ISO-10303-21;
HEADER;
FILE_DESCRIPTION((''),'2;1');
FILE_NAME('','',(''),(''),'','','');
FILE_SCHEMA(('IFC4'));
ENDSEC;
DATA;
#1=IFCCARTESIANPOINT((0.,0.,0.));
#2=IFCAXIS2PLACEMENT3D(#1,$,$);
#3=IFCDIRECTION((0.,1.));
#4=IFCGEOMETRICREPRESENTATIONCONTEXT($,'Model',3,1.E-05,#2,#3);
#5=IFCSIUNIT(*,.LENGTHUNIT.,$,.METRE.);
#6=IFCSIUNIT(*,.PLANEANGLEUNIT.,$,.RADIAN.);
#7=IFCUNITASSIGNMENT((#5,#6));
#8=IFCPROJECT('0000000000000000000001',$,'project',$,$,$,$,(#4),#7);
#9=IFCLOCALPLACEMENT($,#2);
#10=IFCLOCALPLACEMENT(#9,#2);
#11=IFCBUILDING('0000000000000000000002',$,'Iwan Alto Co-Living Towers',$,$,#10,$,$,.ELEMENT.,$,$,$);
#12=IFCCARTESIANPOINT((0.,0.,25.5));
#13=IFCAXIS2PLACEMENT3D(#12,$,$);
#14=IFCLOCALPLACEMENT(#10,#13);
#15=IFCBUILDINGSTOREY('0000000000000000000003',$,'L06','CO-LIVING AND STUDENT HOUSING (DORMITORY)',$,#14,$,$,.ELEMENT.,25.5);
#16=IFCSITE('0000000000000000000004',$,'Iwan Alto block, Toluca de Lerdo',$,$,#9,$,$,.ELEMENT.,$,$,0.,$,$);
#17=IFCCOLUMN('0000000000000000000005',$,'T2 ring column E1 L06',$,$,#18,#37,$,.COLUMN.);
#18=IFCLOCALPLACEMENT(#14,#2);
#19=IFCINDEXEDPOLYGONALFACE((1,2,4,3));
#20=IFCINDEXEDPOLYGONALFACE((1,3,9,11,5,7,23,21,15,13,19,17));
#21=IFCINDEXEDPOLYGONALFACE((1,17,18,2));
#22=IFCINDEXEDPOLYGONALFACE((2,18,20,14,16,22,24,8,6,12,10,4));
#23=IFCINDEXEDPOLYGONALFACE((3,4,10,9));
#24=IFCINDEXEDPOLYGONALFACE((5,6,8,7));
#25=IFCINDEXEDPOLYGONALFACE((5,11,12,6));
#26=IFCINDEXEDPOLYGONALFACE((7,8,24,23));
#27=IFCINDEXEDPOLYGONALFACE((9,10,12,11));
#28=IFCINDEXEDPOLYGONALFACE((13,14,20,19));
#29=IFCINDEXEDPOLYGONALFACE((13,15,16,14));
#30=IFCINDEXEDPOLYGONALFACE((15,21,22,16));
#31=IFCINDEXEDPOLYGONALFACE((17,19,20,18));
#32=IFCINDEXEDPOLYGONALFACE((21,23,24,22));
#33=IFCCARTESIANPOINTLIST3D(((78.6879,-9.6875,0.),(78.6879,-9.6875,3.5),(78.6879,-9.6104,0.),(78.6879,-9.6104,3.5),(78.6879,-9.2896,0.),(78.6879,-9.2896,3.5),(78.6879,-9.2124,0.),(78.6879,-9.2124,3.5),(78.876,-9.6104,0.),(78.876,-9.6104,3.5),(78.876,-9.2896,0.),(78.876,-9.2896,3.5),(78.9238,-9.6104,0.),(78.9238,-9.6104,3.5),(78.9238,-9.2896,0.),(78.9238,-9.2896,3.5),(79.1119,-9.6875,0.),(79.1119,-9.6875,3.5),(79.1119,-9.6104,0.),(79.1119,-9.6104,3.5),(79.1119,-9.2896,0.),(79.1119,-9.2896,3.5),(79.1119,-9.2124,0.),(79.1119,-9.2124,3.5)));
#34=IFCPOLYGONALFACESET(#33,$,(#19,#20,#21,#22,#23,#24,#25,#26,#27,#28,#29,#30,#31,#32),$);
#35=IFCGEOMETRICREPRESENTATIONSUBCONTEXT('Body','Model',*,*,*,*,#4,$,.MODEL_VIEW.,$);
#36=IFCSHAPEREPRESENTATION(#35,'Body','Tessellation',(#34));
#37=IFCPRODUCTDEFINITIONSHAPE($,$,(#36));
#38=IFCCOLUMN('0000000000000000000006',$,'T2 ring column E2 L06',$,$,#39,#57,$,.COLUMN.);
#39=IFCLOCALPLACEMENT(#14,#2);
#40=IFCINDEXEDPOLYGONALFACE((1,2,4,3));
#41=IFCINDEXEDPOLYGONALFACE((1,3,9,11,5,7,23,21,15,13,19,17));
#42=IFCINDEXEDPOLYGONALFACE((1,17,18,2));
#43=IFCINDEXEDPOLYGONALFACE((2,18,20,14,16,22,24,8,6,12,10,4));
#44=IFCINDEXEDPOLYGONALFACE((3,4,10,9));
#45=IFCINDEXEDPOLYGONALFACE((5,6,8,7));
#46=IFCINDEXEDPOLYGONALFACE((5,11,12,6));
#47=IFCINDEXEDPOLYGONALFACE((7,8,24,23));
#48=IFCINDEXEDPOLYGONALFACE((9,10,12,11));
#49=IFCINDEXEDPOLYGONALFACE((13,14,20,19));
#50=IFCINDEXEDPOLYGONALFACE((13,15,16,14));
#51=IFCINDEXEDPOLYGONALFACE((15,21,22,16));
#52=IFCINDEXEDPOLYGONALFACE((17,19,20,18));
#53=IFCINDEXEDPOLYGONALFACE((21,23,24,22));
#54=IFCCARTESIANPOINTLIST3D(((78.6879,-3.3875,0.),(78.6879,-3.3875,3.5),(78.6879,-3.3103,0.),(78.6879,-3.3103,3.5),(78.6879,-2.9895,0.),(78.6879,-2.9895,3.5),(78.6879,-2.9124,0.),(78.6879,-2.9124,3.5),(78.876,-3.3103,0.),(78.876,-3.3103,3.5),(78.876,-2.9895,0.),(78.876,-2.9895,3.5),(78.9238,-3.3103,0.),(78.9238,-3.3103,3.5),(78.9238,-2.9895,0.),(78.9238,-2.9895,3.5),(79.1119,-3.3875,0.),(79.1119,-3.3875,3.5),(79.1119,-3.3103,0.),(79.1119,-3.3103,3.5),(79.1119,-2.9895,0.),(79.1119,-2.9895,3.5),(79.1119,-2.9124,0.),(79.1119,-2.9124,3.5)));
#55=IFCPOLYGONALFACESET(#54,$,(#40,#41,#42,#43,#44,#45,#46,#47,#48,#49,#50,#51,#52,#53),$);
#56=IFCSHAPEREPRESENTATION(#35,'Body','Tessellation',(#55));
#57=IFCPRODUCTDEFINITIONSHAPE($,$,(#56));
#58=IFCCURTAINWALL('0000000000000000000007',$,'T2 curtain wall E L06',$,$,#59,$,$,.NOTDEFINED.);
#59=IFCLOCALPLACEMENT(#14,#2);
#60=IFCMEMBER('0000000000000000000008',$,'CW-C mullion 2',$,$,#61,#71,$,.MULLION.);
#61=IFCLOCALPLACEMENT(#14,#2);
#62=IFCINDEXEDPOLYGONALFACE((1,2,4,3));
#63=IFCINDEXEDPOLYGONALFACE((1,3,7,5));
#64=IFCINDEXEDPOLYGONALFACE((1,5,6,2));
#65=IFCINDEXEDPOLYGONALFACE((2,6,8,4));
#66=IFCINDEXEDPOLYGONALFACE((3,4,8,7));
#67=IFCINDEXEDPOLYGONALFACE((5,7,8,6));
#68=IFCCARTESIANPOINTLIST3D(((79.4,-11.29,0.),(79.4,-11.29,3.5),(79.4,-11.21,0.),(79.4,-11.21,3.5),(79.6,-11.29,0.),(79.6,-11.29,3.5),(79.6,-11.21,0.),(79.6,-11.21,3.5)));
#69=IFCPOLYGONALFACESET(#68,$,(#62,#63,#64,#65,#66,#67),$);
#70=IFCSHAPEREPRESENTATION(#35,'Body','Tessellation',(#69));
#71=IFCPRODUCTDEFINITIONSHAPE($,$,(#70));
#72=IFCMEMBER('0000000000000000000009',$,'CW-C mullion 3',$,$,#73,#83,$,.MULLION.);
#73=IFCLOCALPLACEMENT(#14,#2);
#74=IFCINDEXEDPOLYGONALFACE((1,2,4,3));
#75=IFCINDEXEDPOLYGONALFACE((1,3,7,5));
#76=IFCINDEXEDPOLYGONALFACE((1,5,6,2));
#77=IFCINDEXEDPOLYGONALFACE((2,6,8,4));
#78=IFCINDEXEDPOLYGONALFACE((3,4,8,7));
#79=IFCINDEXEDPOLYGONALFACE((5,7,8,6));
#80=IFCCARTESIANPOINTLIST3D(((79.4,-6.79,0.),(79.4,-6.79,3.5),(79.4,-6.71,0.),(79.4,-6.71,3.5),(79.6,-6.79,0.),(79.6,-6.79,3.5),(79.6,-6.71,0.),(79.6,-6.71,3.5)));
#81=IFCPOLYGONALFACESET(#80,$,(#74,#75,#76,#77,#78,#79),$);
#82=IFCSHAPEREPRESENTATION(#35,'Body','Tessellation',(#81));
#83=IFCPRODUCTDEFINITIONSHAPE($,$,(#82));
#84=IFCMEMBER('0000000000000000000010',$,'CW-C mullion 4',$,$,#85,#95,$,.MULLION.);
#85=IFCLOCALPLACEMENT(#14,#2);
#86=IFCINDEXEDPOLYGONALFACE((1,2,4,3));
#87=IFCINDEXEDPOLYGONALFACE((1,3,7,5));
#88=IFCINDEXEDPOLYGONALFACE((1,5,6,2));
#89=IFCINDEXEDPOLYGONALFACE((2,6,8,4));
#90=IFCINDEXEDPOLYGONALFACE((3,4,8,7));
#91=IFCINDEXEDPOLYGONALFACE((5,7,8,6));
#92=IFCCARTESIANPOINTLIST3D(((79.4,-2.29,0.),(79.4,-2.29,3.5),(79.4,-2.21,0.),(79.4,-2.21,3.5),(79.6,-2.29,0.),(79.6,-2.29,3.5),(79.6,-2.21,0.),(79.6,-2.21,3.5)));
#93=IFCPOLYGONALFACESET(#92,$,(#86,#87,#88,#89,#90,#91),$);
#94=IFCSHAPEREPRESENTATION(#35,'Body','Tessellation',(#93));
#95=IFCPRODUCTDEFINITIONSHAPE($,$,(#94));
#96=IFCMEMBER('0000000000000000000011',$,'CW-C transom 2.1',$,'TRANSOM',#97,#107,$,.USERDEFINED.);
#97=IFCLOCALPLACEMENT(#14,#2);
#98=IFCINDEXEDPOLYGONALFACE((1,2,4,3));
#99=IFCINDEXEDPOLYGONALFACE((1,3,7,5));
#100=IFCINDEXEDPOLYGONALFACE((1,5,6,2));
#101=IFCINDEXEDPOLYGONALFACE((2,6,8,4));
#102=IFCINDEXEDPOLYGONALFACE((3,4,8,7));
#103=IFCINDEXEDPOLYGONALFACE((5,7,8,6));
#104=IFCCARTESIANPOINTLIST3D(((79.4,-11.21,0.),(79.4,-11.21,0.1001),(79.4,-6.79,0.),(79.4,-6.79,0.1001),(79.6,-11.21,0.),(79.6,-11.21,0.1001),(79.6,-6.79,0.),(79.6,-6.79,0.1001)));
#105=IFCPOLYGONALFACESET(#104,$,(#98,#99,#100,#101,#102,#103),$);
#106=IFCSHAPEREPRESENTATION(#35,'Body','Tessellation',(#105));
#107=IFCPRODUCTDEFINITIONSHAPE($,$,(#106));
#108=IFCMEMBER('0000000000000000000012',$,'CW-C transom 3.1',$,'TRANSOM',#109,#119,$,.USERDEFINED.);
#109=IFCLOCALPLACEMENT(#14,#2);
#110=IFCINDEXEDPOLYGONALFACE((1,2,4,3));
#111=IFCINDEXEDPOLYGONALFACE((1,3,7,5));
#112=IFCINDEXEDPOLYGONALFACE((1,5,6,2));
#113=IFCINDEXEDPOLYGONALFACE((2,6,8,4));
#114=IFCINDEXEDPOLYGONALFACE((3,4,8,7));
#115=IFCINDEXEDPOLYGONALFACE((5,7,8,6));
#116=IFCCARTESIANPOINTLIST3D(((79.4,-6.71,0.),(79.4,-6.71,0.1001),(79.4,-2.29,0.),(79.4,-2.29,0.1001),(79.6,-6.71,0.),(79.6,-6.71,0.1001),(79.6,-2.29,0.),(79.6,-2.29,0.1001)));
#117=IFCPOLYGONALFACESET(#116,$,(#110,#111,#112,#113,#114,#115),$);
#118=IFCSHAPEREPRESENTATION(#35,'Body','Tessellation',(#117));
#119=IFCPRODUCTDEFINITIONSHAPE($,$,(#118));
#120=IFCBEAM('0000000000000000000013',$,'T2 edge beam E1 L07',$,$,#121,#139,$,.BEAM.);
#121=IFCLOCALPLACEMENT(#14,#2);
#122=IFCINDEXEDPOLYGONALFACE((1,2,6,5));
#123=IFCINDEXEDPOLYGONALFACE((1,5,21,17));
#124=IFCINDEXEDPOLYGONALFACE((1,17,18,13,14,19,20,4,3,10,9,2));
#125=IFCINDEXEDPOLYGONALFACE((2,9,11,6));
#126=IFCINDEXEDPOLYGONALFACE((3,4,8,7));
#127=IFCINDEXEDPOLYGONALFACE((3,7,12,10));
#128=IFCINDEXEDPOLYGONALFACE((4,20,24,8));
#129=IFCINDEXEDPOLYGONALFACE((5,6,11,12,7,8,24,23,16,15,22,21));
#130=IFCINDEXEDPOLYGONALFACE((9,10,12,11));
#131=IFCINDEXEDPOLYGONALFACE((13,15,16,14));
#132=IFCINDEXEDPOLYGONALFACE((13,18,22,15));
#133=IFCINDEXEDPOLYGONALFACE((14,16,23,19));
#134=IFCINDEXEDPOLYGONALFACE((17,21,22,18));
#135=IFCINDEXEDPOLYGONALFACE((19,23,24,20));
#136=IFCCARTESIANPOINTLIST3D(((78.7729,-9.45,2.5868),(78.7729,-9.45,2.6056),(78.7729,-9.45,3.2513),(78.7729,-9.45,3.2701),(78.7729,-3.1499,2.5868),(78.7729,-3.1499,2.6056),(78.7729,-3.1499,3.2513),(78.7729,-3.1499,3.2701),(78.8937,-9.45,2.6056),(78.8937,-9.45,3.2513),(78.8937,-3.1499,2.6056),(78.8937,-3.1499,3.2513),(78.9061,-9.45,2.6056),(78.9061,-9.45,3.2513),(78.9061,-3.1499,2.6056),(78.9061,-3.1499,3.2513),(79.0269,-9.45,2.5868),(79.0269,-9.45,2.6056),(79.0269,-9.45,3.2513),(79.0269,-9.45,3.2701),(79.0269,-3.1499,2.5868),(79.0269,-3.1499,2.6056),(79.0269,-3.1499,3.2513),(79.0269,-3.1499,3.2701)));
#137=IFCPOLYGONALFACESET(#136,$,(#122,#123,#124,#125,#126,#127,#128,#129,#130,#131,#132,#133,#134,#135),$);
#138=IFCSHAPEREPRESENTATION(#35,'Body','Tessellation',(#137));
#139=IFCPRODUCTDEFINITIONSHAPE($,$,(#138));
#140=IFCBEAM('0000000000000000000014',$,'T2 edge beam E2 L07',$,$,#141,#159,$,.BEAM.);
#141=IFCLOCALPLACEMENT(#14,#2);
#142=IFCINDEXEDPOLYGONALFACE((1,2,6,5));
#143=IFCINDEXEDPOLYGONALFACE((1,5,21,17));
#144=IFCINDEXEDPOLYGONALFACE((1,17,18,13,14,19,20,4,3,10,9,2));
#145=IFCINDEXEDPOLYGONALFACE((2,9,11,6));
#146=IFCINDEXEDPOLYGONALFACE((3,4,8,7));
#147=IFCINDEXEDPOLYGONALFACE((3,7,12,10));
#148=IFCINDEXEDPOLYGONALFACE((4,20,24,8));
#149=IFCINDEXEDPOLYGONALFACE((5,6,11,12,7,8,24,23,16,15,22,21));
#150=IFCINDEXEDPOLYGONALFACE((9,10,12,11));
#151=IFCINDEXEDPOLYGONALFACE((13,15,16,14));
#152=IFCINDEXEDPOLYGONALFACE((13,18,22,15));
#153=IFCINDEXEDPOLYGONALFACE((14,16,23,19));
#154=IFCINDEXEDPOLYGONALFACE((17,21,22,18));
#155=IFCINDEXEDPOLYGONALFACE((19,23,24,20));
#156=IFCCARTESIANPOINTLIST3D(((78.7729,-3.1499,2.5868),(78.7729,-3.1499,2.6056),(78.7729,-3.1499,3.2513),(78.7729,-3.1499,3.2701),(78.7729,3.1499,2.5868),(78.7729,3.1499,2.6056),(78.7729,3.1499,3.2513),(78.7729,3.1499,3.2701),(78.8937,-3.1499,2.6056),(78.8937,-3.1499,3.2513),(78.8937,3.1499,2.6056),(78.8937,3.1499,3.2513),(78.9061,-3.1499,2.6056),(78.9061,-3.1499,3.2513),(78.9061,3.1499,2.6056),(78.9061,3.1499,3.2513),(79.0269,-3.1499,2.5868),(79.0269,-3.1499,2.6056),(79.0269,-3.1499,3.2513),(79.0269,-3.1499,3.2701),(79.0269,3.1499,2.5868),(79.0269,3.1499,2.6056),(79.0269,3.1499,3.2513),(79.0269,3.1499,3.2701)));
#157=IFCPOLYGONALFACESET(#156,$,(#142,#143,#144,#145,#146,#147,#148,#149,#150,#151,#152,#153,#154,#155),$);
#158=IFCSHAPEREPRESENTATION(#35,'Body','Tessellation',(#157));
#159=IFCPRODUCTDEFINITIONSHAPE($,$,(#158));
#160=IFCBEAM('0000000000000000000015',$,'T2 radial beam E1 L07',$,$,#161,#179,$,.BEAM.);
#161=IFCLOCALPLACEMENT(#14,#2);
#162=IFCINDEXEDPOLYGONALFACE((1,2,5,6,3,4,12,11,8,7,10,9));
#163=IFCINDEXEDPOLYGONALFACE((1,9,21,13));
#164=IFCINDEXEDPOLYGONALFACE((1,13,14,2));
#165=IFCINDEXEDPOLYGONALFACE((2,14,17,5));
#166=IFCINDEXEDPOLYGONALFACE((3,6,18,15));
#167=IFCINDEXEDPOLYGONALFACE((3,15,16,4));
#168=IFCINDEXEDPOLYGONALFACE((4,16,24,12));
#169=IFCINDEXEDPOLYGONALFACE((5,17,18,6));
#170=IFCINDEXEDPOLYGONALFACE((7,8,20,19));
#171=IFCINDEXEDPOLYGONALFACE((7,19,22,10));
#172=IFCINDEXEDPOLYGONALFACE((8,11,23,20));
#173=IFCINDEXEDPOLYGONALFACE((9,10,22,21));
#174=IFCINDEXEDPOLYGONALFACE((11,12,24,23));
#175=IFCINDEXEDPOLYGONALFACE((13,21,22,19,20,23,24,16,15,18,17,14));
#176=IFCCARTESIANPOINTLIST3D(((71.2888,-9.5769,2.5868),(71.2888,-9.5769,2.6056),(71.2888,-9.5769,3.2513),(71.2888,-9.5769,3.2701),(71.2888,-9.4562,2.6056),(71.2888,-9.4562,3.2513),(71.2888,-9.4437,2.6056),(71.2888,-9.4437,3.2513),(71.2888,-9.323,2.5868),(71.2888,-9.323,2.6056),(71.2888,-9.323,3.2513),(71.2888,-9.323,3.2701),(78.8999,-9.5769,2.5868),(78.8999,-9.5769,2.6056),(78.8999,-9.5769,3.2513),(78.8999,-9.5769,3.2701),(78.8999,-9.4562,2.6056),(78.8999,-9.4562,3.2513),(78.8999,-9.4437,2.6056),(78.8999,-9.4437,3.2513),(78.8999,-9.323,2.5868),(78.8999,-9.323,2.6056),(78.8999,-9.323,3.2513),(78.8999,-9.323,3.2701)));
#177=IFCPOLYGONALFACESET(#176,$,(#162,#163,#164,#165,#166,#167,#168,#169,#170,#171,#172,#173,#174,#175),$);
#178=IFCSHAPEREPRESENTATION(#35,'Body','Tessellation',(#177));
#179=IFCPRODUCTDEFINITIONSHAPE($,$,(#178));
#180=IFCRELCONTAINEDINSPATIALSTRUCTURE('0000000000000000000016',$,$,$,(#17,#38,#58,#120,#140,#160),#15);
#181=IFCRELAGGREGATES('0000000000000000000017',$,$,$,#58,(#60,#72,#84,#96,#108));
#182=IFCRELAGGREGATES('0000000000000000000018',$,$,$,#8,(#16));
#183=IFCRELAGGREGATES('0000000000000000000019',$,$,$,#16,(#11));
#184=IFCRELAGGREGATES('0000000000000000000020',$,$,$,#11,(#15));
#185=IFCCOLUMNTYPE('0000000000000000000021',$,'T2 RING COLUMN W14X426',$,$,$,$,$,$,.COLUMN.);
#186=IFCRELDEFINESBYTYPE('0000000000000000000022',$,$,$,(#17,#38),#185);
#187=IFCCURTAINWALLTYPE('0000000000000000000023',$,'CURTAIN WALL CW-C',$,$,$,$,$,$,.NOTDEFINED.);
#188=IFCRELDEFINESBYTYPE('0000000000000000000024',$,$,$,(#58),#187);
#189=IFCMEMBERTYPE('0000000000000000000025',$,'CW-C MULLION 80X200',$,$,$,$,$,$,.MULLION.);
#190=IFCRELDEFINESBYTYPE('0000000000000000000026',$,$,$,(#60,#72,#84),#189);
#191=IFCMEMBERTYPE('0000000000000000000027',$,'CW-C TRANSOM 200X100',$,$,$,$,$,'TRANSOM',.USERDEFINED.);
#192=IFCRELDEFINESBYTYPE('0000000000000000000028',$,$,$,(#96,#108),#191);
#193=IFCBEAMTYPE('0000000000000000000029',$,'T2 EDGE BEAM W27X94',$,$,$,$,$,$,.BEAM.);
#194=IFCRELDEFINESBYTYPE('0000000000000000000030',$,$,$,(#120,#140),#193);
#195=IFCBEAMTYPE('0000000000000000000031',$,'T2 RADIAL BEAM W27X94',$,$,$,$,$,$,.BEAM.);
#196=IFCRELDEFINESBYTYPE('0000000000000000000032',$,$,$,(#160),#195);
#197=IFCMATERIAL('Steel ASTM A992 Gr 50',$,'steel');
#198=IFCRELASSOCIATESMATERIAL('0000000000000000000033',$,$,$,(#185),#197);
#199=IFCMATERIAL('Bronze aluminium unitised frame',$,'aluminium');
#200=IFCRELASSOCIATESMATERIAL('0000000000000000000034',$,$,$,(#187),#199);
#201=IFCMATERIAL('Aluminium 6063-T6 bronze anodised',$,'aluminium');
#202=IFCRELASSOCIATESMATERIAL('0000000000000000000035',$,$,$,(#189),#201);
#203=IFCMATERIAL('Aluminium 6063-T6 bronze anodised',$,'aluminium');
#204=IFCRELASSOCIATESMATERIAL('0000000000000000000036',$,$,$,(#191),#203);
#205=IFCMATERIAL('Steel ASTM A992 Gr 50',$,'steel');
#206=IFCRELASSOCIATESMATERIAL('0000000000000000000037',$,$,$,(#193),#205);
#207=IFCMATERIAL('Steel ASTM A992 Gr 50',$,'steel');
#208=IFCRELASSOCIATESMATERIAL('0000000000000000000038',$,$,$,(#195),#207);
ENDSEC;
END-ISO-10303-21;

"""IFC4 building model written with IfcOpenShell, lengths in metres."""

from ifc_helpers import new_model, si_unit, direction, frame, origin, origin_2d, place, context, subcontext, project, spatial, rectangle, i_section, extrude, material, material_profile, profile_set, type_object, element, aggregate, save


model = new_model("IFC4")

# Units and contexts
model_context = context("Model", 3, precision=1e-05, world=origin(), true_north=direction((0.0, 1.0)))
body_context = subcontext(model_context, "Body", "Model", "MODEL_VIEW")
ifc_project = project(units=[si_unit("LENGTHUNIT", "METRE"), si_unit("PLANEANGLEUNIT", "RADIAN")], contexts=[model_context])

# Site, building, storey
site_placement = place(None, origin())
site = spatial("IfcSite", under=ifc_project, at=site_placement, Name="Iwan Alto block, Toluca de Lerdo", CompositionType="ELEMENT", RefElevation=0.0)
building_placement = place(site_placement, origin())
building = spatial("IfcBuilding", under=site, at=building_placement, Name="Iwan Alto Co-Living Towers", CompositionType="ELEMENT")
storey_placement = place(building_placement, frame((0.0, 0.0, 25.5)))
storey = spatial("IfcBuildingStorey", under=building, at=storey_placement, Name="L06", Description="CO-LIVING AND STUDENT HOUSING (DORMITORY)", CompositionType="ELEMENT", Elevation=25.5)

# Columns
ifc_material_1 = material(Name="Steel ASTM A992 Gr 50", Category="steel")
ifc_material_profile_1 = material_profile(ifc_material_1, i_section(OverallWidth=0.4241, OverallDepth=0.4751, WebThickness=0.0479, FlangeThickness=0.0771, at=origin_2d()), Name="W14X426")
ifc_profile_set_1 = profile_set([ifc_material_profile_1], Name="Steel ASTM A992 Gr 50")
column_type = type_object("IfcColumnType", Name="T2 RING COLUMN W14X426", PredefinedType="COLUMN", material=ifc_profile_set_1)
for number, where, z_axis, x_axis, name in (
    (1, (78.8999, -9.45, 0.0), (0.0, 0.0, 1.0), (1.0, 0.0, 0.0), "T2 ring column E1 L06"),
    (2, (78.8999, -3.1499, 0.0), (0.0, 0.0, 1.0), (1.0, 0.0, 0.0), "T2 ring column E2 L06"),
):
    element("IfcColumn", number, at=place(storey_placement, frame(where, z_axis=z_axis, x_axis=x_axis)), inside=storey, type_object=column_type, Name=name, PredefinedType="COLUMN", context=body_context, shape_type="SweptSolid", body=[
        extrude(i_section(OverallWidth=0.4241, OverallDepth=0.4751, WebThickness=0.0479, FlangeThickness=0.0771, at=origin_2d()), origin(), (0.0, 0.0, 1.0), 3.5),
    ])

# Curtain wall, members
ifc_material_2 = material(Name="Bronze aluminium unitised frame", Category="aluminium")
curtain_wall_type = type_object("IfcCurtainWallType", Name="CURTAIN WALL CW-C", PredefinedType="NOTDEFINED", material=ifc_material_2)
curtain_wall_placement = place(storey_placement, origin())
curtain_wall = element("IfcCurtainWall", 3, at=curtain_wall_placement, inside=storey, type_object=curtain_wall_type, Name="T2 curtain wall E L06", PredefinedType="NOTDEFINED")
ifc_material_3 = material(Name="Aluminium 6063-T6 bronze anodised", Category="aluminium")
ifc_material_profile_2 = material_profile(ifc_material_3, rectangle(XDim=0.2, YDim=0.0801, at=origin_2d()), Name="AL 80X200")
ifc_profile_set_2 = profile_set([ifc_material_profile_2], Name="Aluminium 6063-T6 bronze anodised")
member_type_1 = type_object("IfcMemberType", Name="CW-C MULLION 80X200", PredefinedType="MULLION", material=ifc_profile_set_2)
member_1_placement = place(storey_placement, frame((79.5, -11.25, 0.0), z_axis=(0.0, 0.0, 1.0), x_axis=(-1.0, 0.0, 0.0)))
member_1 = element("IfcMember", 4, at=member_1_placement, type_object=member_type_1, Name="CW-C mullion 2", PredefinedType="MULLION", context=body_context, shape_type="SweptSolid", body=[
    extrude(rectangle(XDim=0.2, YDim=0.0801, at=origin_2d()), origin(), (0.0, 0.0, 1.0), 3.5),
])
member_2_placement = place(storey_placement, frame((79.5, -6.75, 0.0), z_axis=(0.0, 0.0, 1.0), x_axis=(-1.0, 0.0, 0.0)))
member_2 = element("IfcMember", 5, at=member_2_placement, type_object=member_type_1, Name="CW-C mullion 3", PredefinedType="MULLION", context=body_context, shape_type="SweptSolid", body=[
    extrude(rectangle(XDim=0.2, YDim=0.0801, at=origin_2d()), origin(), (0.0, 0.0, 1.0), 3.5),
])
member_3_placement = place(storey_placement, frame((79.5, -2.25, 0.0), z_axis=(0.0, 0.0, 1.0), x_axis=(-1.0, 0.0, 0.0)))
member_3 = element("IfcMember", 6, at=member_3_placement, type_object=member_type_1, Name="CW-C mullion 4", PredefinedType="MULLION", context=body_context, shape_type="SweptSolid", body=[
    extrude(rectangle(XDim=0.2, YDim=0.0801, at=origin_2d()), origin(), (0.0, 0.0, 1.0), 3.5),
])
ifc_material_4 = material(Name="Aluminium 6063-T6 bronze anodised", Category="aluminium")
ifc_material_profile_3 = material_profile(ifc_material_4, rectangle(XDim=0.2, YDim=0.1001, at=origin_2d()), Name="AL 200X100")
ifc_profile_set_3 = profile_set([ifc_material_profile_3], Name="Aluminium 6063-T6 bronze anodised")
member_type_2 = type_object("IfcMemberType", Name="CW-C TRANSOM 200X100", ElementType="TRANSOM", PredefinedType="USERDEFINED", material=ifc_profile_set_3)
member_4_placement = place(storey_placement, frame((79.5, -11.21, 0.05), z_axis=(0.0, 1.0, 0.0), x_axis=(-1.0, 0.0, 0.0)))
member_4 = element("IfcMember", 7, at=member_4_placement, type_object=member_type_2, Name="CW-C transom 2.1", ObjectType="TRANSOM", PredefinedType="USERDEFINED", context=body_context, shape_type="SweptSolid", body=[
    extrude(rectangle(XDim=0.2, YDim=0.1001, at=origin_2d()), origin(), (0.0, 0.0, 1.0), 4.4199),
])
member_5_placement = place(storey_placement, frame((79.5, -6.71, 0.05), z_axis=(0.0, 1.0, 0.0), x_axis=(-1.0, 0.0, 0.0)))
member_5 = element("IfcMember", 8, at=member_5_placement, type_object=member_type_2, Name="CW-C transom 3.1", ObjectType="TRANSOM", PredefinedType="USERDEFINED", context=body_context, shape_type="SweptSolid", body=[
    extrude(rectangle(XDim=0.2, YDim=0.1001, at=origin_2d()), origin(), (0.0, 0.0, 1.0), 4.4199),
])

# Beams
ifc_material_5 = material(Name="Steel ASTM A992 Gr 50", Category="steel")
ifc_material_profile_4 = material_profile(ifc_material_5, i_section(OverallWidth=0.2539, OverallDepth=0.6833, WebThickness=0.0125, FlangeThickness=0.0188, at=origin_2d()), Name="W27X94")
ifc_profile_set_4 = profile_set([ifc_material_profile_4], Name="Steel ASTM A992 Gr 50")
beam_type_1 = type_object("IfcBeamType", Name="T2 EDGE BEAM W27X94", PredefinedType="BEAM", material=ifc_profile_set_4)
beam_1_placement = place(storey_placement, frame((78.8999, -9.45, 2.9285), z_axis=(0.0, 1.0, 0.0), x_axis=(-1.0, 0.0, 0.0)))
element("IfcBeam", 9, at=beam_1_placement, inside=storey, type_object=beam_type_1, Name="T2 edge beam E1 L07", PredefinedType="BEAM", context=body_context, shape_type="SweptSolid", body=[
    extrude(i_section(OverallWidth=0.2539, OverallDepth=0.6833, WebThickness=0.0125, FlangeThickness=0.0188, at=origin_2d()), origin(), (0.0, 0.0, 1.0), 6.3),
])
beam_2_placement = place(storey_placement, frame((78.8999, -3.1499, 2.9285), z_axis=(0.0, 1.0, 0.0), x_axis=(-1.0, 0.0, 0.0)))
element("IfcBeam", 10, at=beam_2_placement, inside=storey, type_object=beam_type_1, Name="T2 edge beam E2 L07", PredefinedType="BEAM", context=body_context, shape_type="SweptSolid", body=[
    extrude(i_section(OverallWidth=0.2539, OverallDepth=0.6833, WebThickness=0.0125, FlangeThickness=0.0188, at=origin_2d()), origin(), (0.0, 0.0, 1.0), 6.2998),
])
ifc_material_6 = material(Name="Steel ASTM A992 Gr 50", Category="steel")
ifc_material_profile_5 = material_profile(ifc_material_6, i_section(OverallWidth=0.2539, OverallDepth=0.6833, WebThickness=0.0125, FlangeThickness=0.0188, at=origin_2d()), Name="W27X94")
ifc_profile_set_5 = profile_set([ifc_material_profile_5], Name="Steel ASTM A992 Gr 50")
beam_type_2 = type_object("IfcBeamType", Name="T2 RADIAL BEAM W27X94", PredefinedType="BEAM", material=ifc_profile_set_5)
beam_3_placement = place(storey_placement, frame((78.8999, -9.45, 2.9285), z_axis=(-1.0, 0.0, 0.0), x_axis=(0.0, -1.0, 0.0)))
element("IfcBeam", 11, at=beam_3_placement, inside=storey, type_object=beam_type_2, Name="T2 radial beam E1 L07", PredefinedType="BEAM", context=body_context, shape_type="SweptSolid", body=[
    extrude(i_section(OverallWidth=0.2539, OverallDepth=0.6833, WebThickness=0.0125, FlangeThickness=0.0188, at=origin_2d()), origin(), (0.0, 0.0, 1.0), 7.6111),
])

aggregate(curtain_wall, [member_1, member_2, member_3, member_4, member_5])

save(model, "model.ifc")
